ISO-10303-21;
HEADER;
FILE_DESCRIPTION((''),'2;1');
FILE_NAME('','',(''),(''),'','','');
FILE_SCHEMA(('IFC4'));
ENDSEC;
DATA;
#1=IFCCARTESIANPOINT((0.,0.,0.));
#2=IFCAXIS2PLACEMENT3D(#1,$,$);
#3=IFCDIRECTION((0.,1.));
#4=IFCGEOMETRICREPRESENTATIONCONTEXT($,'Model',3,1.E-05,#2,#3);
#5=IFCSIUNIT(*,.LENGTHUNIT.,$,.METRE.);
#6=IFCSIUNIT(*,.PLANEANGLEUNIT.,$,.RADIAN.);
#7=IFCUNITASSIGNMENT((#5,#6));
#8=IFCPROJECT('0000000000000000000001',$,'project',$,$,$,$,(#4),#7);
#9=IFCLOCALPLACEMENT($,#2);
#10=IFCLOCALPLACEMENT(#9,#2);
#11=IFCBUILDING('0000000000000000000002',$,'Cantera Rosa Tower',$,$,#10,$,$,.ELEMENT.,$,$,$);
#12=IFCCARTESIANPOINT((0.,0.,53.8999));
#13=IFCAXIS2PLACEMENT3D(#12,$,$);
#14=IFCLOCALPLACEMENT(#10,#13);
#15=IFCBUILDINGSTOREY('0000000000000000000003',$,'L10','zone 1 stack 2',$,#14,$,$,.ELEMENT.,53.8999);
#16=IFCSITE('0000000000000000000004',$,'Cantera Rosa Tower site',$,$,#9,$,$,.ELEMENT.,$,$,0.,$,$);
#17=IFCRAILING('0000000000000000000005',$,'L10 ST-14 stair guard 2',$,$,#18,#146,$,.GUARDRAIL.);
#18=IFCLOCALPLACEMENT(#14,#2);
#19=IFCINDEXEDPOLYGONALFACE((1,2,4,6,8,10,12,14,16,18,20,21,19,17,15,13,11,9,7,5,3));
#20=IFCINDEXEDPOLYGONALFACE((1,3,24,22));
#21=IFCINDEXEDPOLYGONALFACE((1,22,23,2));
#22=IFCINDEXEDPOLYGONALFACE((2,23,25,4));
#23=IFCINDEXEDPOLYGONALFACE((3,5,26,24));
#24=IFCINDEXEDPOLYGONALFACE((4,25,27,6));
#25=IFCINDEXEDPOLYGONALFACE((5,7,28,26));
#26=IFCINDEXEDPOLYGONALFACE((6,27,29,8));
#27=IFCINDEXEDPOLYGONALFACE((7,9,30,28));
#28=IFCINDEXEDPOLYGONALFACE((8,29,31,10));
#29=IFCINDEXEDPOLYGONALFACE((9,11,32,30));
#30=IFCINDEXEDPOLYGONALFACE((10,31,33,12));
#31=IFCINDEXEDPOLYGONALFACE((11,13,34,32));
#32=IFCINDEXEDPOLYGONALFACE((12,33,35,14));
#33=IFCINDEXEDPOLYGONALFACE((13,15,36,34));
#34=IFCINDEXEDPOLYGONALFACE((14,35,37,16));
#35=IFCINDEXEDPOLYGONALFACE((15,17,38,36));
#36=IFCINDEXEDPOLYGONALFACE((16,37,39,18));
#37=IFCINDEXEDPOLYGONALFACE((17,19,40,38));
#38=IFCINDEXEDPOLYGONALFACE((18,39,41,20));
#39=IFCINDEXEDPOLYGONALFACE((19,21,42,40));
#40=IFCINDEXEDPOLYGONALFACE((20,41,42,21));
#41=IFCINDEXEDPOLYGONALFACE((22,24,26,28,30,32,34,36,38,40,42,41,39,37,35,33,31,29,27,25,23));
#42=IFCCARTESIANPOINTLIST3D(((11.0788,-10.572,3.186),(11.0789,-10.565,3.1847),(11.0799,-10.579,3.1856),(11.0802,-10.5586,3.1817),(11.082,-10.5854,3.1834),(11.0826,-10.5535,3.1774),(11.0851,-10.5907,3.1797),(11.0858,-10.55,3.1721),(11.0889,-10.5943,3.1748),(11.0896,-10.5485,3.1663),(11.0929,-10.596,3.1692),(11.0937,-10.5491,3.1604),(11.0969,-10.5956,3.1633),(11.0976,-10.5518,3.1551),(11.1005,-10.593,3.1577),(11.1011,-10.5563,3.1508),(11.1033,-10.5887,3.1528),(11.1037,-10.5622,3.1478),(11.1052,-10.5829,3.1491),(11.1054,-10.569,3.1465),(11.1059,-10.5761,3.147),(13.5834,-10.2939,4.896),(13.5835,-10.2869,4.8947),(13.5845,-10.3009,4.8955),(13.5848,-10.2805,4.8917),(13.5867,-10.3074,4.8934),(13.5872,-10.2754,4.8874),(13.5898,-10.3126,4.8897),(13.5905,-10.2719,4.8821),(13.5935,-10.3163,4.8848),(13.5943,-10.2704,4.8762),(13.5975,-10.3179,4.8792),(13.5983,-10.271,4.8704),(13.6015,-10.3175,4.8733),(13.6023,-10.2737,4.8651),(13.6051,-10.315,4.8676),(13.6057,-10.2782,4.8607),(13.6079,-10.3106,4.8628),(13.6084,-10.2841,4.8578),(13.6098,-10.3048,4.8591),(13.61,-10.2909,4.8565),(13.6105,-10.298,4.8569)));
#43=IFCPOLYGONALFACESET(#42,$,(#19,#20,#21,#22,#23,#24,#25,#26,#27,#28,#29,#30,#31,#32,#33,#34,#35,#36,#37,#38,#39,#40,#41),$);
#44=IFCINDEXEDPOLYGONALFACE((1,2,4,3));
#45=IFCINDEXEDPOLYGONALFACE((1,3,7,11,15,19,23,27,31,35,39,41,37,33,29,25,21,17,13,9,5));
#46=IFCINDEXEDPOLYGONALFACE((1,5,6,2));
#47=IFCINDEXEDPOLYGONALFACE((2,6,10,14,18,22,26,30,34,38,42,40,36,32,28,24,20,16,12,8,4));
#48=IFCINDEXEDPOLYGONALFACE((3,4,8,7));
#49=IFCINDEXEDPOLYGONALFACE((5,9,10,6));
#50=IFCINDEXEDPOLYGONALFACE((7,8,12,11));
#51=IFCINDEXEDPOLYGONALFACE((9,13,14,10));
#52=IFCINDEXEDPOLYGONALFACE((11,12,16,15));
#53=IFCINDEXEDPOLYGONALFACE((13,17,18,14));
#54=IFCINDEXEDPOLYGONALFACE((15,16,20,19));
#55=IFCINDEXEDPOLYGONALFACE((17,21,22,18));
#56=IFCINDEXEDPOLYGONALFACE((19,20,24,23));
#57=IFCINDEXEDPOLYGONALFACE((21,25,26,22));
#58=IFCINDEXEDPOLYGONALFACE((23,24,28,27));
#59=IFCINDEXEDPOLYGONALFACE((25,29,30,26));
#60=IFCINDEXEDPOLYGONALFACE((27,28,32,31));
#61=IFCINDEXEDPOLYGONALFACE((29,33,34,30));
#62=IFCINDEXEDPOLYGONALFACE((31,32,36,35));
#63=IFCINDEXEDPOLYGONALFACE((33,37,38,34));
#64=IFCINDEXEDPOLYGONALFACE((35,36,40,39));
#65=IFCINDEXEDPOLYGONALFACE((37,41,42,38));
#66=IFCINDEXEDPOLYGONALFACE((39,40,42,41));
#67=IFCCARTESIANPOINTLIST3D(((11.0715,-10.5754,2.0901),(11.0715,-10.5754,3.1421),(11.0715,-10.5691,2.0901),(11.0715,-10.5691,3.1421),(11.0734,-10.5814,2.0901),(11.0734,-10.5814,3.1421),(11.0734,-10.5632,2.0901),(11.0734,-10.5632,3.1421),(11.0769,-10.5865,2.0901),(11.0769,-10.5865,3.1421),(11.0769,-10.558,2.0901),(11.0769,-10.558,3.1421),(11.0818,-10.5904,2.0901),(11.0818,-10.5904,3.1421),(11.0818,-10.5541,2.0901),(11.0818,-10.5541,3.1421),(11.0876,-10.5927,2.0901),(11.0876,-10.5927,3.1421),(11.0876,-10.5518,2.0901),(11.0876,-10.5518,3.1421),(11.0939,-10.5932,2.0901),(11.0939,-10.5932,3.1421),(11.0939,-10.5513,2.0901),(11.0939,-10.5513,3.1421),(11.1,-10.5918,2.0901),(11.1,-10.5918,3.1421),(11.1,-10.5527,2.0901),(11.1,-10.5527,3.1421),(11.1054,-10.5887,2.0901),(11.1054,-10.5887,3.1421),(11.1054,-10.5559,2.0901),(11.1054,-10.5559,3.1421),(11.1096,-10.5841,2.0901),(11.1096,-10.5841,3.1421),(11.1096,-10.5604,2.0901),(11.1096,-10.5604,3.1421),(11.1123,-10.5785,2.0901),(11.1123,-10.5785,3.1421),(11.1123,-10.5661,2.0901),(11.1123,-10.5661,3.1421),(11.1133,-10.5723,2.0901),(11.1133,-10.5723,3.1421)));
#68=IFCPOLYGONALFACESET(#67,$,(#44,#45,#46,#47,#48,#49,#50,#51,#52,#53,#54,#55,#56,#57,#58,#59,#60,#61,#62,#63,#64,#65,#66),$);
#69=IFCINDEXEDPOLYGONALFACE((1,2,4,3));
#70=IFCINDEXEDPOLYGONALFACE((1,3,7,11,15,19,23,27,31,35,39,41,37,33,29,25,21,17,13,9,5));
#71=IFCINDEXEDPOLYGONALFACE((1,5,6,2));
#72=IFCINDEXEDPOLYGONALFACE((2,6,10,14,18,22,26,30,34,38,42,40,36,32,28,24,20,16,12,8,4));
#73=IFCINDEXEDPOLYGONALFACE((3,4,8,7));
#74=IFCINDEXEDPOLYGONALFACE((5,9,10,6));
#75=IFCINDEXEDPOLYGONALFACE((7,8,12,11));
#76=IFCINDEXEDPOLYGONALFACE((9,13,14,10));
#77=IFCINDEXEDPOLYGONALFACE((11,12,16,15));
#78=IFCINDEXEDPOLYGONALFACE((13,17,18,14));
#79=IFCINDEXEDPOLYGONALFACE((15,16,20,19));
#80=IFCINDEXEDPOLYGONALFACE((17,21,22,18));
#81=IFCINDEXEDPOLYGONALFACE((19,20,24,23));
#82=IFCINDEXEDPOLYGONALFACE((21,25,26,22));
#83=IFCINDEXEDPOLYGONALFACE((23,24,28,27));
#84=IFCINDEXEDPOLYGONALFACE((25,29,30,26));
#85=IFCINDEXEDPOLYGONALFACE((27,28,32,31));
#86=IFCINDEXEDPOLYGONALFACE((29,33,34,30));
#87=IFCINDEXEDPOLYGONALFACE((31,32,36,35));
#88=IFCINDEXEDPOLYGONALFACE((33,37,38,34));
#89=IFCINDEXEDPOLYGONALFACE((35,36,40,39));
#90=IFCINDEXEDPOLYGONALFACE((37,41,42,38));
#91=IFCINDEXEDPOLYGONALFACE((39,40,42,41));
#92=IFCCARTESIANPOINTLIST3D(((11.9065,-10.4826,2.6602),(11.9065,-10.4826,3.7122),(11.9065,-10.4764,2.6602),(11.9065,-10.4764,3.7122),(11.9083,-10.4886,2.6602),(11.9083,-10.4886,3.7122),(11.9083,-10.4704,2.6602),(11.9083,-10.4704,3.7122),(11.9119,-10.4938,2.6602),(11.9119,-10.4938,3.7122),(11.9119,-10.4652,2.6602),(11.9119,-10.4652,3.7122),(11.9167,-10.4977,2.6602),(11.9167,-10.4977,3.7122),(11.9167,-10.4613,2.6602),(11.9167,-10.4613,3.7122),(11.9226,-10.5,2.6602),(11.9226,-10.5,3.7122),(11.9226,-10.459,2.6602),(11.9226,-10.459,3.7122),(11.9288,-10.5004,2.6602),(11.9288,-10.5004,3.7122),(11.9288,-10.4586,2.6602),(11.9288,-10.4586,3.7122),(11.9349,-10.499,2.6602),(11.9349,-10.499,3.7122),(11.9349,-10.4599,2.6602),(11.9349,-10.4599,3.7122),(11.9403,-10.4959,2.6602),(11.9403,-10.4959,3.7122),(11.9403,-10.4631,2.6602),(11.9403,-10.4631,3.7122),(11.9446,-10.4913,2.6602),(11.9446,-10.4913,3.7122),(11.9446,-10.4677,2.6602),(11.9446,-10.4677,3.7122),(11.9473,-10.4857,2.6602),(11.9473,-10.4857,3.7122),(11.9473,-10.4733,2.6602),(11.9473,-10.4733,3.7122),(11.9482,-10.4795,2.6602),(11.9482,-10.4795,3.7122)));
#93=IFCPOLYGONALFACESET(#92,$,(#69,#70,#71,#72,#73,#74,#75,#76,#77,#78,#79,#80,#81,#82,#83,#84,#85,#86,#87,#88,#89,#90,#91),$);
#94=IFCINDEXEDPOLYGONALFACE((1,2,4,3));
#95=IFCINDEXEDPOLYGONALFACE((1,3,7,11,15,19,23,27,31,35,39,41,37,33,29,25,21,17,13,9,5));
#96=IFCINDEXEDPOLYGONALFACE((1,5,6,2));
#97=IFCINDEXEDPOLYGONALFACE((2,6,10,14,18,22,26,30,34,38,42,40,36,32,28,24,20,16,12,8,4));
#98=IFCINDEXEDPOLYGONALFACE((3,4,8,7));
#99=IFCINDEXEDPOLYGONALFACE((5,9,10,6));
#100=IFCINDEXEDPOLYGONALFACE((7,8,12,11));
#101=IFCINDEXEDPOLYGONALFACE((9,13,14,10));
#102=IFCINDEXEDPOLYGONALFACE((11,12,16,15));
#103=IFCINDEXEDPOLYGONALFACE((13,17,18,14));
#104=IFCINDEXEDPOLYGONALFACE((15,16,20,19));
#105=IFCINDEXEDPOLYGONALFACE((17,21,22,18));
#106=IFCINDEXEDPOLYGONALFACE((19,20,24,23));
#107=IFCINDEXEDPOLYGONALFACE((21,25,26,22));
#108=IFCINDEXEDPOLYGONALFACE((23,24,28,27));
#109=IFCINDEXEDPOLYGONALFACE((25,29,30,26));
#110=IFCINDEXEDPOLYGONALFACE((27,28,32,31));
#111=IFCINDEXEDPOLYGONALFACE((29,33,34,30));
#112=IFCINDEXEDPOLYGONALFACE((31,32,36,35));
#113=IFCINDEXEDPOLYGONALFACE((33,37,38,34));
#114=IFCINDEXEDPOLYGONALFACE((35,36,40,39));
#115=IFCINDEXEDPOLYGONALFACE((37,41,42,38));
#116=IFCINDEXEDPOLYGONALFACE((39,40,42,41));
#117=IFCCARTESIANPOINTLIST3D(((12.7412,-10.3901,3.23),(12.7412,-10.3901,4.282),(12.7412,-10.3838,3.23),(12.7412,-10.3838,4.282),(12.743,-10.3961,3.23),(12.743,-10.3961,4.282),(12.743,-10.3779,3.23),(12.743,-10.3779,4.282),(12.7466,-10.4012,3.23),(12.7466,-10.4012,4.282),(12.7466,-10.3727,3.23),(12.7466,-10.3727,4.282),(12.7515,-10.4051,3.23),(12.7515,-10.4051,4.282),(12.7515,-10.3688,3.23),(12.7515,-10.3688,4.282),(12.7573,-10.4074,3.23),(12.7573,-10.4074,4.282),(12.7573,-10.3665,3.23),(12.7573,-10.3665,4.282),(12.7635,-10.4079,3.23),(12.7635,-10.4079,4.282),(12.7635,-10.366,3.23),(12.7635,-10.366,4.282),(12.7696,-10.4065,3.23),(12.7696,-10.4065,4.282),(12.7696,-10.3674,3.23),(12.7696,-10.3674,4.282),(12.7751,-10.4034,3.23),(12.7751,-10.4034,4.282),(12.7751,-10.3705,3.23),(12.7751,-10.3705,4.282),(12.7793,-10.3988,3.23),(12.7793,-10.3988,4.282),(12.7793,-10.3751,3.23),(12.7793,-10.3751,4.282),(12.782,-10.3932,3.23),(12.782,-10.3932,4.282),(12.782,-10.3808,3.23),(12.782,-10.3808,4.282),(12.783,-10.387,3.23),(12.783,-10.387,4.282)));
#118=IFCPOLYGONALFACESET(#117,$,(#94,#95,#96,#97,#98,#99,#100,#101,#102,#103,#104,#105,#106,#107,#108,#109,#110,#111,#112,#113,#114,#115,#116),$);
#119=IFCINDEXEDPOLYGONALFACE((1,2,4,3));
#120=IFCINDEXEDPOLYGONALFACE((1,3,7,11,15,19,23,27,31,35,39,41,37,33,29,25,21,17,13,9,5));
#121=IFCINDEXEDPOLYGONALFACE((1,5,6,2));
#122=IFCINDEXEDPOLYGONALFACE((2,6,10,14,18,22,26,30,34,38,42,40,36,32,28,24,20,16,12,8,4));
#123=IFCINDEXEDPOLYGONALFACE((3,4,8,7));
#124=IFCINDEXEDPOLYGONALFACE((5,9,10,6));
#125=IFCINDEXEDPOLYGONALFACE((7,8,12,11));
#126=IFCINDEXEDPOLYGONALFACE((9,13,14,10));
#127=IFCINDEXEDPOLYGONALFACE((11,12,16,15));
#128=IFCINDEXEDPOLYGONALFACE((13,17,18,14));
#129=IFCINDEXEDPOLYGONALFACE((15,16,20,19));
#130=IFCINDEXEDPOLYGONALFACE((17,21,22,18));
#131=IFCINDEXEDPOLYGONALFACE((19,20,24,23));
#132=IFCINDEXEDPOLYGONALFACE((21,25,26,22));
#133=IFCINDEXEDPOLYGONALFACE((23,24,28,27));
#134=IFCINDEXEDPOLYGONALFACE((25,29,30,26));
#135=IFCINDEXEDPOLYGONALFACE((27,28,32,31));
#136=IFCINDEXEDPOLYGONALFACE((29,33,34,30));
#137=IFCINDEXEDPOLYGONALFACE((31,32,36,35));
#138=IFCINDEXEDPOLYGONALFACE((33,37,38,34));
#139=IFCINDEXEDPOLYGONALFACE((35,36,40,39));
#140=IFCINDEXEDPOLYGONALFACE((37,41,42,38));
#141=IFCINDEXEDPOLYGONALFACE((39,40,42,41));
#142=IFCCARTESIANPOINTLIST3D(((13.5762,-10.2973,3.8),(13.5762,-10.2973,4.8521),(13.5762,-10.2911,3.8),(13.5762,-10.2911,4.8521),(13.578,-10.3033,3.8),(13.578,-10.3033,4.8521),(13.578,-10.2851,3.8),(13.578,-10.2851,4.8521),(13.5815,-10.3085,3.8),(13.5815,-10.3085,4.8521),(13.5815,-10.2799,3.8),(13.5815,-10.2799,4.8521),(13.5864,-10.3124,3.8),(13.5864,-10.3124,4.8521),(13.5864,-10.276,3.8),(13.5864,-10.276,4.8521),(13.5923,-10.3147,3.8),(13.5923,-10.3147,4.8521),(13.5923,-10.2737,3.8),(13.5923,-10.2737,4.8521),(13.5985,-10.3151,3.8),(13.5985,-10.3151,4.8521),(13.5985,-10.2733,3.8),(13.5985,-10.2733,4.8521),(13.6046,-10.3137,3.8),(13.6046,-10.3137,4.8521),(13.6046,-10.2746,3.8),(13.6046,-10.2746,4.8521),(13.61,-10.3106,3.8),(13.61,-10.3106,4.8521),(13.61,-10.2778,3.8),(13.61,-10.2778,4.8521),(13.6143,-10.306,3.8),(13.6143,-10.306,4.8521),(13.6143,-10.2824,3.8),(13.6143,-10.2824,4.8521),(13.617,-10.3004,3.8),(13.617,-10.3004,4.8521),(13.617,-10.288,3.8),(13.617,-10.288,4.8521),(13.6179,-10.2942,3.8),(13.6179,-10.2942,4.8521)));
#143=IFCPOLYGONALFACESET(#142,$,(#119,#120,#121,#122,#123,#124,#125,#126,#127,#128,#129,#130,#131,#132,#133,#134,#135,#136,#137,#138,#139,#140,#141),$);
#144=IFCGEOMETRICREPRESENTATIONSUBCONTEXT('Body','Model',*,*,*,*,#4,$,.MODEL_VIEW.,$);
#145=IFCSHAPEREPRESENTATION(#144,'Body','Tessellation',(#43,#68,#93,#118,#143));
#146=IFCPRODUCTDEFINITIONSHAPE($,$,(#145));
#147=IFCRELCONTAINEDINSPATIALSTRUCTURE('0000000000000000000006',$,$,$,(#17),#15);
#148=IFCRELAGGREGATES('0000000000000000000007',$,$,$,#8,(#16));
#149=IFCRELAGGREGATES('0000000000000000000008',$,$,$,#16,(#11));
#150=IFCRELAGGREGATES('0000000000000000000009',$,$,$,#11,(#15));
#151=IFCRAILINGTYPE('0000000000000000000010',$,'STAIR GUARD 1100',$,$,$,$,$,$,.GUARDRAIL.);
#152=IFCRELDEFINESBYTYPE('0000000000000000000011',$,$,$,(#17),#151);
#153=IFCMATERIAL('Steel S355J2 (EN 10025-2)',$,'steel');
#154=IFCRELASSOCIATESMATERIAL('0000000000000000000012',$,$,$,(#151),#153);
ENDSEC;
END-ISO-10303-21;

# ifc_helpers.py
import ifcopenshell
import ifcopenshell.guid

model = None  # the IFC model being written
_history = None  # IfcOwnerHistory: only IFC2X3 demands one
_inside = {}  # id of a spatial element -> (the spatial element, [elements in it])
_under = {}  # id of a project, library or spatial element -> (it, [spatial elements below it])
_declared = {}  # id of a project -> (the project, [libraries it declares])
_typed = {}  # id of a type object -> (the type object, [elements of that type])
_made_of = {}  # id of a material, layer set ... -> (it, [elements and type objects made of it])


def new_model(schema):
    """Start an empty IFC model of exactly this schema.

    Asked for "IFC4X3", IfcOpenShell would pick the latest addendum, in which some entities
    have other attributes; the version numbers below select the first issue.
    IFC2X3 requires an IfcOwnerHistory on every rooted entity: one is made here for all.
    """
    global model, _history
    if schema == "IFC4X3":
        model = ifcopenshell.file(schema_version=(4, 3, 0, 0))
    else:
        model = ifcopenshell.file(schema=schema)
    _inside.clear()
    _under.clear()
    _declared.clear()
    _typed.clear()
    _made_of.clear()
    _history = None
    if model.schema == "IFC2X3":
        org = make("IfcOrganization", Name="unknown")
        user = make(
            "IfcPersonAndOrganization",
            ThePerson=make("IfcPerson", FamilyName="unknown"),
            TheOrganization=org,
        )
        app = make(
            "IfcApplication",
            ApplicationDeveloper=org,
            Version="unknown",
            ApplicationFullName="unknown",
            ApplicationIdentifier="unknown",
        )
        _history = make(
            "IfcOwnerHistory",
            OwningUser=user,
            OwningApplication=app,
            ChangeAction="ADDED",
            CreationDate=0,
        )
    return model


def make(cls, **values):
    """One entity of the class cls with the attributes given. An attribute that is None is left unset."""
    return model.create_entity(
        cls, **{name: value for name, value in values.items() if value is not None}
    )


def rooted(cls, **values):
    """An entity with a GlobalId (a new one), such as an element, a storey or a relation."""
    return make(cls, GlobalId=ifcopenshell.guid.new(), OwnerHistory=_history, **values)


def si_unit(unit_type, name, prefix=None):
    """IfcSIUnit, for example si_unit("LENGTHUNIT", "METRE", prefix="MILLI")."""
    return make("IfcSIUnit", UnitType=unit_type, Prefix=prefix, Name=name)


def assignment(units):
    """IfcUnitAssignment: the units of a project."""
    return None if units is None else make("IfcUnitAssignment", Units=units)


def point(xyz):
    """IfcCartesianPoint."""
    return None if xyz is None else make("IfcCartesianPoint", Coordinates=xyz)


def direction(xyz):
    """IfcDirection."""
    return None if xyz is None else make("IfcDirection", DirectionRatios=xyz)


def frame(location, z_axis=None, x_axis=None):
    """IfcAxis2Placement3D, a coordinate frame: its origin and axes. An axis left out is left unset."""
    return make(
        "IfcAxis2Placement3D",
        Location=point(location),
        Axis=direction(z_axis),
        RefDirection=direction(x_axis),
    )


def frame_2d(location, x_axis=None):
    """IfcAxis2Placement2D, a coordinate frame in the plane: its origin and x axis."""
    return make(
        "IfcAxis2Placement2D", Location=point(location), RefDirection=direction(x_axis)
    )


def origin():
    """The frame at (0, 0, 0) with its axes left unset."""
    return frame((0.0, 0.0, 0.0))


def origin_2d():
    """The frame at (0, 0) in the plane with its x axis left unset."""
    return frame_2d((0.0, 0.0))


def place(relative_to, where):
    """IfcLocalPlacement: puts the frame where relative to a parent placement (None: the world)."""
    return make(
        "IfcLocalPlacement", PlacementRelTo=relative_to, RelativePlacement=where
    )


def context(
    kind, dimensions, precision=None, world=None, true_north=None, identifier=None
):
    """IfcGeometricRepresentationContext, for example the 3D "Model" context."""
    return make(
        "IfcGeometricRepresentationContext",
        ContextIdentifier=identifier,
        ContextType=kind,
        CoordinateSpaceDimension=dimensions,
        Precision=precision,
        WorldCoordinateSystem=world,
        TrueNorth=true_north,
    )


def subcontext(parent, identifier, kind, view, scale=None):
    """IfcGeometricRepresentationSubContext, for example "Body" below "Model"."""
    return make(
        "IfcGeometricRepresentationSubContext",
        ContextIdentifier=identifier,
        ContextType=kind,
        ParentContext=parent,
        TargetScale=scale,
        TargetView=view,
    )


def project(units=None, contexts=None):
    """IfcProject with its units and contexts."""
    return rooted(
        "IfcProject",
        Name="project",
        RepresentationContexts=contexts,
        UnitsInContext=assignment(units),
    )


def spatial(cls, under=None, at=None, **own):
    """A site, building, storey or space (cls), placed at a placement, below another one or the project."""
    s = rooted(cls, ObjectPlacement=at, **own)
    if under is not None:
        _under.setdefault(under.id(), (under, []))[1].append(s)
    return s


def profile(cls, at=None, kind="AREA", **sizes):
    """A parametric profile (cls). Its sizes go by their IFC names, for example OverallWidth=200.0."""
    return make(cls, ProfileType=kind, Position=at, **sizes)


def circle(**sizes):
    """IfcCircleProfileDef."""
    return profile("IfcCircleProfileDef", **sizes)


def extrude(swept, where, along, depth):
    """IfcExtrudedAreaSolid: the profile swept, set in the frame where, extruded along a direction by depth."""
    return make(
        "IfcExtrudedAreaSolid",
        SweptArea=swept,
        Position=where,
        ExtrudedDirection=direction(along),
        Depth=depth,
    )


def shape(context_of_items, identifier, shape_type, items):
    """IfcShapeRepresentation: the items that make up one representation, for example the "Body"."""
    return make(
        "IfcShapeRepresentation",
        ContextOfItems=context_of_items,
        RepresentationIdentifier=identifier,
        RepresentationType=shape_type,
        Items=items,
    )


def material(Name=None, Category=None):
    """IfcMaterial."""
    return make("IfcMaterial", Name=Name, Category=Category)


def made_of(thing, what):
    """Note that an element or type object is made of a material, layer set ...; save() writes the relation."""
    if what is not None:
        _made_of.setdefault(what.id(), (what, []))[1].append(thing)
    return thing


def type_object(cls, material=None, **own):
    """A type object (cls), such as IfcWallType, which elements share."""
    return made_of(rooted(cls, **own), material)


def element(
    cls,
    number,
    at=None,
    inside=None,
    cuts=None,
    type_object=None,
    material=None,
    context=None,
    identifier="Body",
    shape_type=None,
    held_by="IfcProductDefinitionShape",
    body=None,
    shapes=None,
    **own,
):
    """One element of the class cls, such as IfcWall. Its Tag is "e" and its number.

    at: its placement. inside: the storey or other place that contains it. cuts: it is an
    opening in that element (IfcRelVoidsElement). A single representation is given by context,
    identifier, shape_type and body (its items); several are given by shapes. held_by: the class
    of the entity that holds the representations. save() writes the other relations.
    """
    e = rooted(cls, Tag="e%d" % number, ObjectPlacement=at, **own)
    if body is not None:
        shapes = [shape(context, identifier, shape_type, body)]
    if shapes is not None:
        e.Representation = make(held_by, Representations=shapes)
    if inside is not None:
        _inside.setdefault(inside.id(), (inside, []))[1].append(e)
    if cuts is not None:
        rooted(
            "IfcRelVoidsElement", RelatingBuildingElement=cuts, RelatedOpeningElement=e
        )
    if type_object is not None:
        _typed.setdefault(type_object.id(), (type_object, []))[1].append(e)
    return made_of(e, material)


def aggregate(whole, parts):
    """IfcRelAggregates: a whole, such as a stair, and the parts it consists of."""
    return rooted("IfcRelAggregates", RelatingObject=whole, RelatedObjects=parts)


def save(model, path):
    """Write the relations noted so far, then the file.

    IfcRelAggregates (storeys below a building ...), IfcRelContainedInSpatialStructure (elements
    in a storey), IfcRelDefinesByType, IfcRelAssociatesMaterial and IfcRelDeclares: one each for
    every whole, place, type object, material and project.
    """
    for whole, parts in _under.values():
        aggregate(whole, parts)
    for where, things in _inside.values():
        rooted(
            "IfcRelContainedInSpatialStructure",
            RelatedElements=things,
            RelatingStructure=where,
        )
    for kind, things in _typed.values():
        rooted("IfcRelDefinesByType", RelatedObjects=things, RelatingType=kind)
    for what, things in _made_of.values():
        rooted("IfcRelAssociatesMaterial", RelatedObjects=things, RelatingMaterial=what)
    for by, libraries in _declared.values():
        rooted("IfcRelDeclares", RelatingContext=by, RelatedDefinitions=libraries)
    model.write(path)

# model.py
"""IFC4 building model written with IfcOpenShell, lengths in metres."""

from ifc_helpers import new_model, si_unit, direction, frame, origin, origin_2d, place, context, subcontext, project, spatial, circle, extrude, material, type_object, element, save


model = new_model("IFC4")

# Units and contexts
model_context = context("Model", 3, precision=1e-05, world=origin(), true_north=direction((0.0, 1.0)))
body_context = subcontext(model_context, "Body", "Model", "MODEL_VIEW")
ifc_project = project(units=[si_unit("LENGTHUNIT", "METRE"), si_unit("PLANEANGLEUNIT", "RADIAN")], contexts=[model_context])

# Site, building, storey
site_placement = place(None, origin())
site = spatial("IfcSite", under=ifc_project, at=site_placement, Name="Cantera Rosa Tower site", CompositionType="ELEMENT", RefElevation=0.0)
building_placement = place(site_placement, origin())
building = spatial("IfcBuilding", under=site, at=building_placement, Name="Cantera Rosa Tower", CompositionType="ELEMENT")
storey_placement = place(building_placement, frame((0.0, 0.0, 53.8999)))
storey = spatial("IfcBuildingStorey", under=building, at=storey_placement, Name="L10", Description="zone 1 stack 2", CompositionType="ELEMENT", Elevation=53.8999)

# Railing
ifc_material_1 = material(Name="Steel S355J2 (EN 10025-2)", Category="steel")
railing_type_1 = type_object("IfcRailingType", Name="STAIR GUARD 1100", PredefinedType="GUARDRAIL", material=ifc_material_1)
railing_1_placement = place(storey_placement, frame((11.0923, -10.5723, 2.0901)))
element("IfcRailing", 1, at=railing_1_placement, inside=storey, type_object=railing_type_1, Name="L10 ST-14 stair guard 2", PredefinedType="GUARDRAIL", context=body_context, shape_type="SweptSolid", body=[
    extrude(circle(Radius=0.0239, at=origin_2d()), frame((0.0, 0.0, 1.0762), z_axis=(0.822431, 0.09131, 0.561488), x_axis=(-0.110346, 0.993893, 0.0)), (0.0, 0.0, 1.0), 3.0454),
    extrude(circle(Radius=0.021, at=origin_2d()), origin(), (0.0, 0.0, 1.0), 1.052),
    extrude(circle(Radius=0.021, at=origin_2d()), frame((0.835, 0.0928, 0.5701)), (0.0, 0.0, 1.0), 1.052),
    extrude(circle(Radius=0.021, at=origin_2d()), frame((1.6697, 0.1853, 1.1399)), (0.0, 0.0, 1.0), 1.052),
    extrude(circle(Radius=0.021, at=origin_2d()), frame((2.5046, 0.2781, 1.71)), (0.0, 0.0, 1.0), 1.052),
])

save(model, "model.ifc")
